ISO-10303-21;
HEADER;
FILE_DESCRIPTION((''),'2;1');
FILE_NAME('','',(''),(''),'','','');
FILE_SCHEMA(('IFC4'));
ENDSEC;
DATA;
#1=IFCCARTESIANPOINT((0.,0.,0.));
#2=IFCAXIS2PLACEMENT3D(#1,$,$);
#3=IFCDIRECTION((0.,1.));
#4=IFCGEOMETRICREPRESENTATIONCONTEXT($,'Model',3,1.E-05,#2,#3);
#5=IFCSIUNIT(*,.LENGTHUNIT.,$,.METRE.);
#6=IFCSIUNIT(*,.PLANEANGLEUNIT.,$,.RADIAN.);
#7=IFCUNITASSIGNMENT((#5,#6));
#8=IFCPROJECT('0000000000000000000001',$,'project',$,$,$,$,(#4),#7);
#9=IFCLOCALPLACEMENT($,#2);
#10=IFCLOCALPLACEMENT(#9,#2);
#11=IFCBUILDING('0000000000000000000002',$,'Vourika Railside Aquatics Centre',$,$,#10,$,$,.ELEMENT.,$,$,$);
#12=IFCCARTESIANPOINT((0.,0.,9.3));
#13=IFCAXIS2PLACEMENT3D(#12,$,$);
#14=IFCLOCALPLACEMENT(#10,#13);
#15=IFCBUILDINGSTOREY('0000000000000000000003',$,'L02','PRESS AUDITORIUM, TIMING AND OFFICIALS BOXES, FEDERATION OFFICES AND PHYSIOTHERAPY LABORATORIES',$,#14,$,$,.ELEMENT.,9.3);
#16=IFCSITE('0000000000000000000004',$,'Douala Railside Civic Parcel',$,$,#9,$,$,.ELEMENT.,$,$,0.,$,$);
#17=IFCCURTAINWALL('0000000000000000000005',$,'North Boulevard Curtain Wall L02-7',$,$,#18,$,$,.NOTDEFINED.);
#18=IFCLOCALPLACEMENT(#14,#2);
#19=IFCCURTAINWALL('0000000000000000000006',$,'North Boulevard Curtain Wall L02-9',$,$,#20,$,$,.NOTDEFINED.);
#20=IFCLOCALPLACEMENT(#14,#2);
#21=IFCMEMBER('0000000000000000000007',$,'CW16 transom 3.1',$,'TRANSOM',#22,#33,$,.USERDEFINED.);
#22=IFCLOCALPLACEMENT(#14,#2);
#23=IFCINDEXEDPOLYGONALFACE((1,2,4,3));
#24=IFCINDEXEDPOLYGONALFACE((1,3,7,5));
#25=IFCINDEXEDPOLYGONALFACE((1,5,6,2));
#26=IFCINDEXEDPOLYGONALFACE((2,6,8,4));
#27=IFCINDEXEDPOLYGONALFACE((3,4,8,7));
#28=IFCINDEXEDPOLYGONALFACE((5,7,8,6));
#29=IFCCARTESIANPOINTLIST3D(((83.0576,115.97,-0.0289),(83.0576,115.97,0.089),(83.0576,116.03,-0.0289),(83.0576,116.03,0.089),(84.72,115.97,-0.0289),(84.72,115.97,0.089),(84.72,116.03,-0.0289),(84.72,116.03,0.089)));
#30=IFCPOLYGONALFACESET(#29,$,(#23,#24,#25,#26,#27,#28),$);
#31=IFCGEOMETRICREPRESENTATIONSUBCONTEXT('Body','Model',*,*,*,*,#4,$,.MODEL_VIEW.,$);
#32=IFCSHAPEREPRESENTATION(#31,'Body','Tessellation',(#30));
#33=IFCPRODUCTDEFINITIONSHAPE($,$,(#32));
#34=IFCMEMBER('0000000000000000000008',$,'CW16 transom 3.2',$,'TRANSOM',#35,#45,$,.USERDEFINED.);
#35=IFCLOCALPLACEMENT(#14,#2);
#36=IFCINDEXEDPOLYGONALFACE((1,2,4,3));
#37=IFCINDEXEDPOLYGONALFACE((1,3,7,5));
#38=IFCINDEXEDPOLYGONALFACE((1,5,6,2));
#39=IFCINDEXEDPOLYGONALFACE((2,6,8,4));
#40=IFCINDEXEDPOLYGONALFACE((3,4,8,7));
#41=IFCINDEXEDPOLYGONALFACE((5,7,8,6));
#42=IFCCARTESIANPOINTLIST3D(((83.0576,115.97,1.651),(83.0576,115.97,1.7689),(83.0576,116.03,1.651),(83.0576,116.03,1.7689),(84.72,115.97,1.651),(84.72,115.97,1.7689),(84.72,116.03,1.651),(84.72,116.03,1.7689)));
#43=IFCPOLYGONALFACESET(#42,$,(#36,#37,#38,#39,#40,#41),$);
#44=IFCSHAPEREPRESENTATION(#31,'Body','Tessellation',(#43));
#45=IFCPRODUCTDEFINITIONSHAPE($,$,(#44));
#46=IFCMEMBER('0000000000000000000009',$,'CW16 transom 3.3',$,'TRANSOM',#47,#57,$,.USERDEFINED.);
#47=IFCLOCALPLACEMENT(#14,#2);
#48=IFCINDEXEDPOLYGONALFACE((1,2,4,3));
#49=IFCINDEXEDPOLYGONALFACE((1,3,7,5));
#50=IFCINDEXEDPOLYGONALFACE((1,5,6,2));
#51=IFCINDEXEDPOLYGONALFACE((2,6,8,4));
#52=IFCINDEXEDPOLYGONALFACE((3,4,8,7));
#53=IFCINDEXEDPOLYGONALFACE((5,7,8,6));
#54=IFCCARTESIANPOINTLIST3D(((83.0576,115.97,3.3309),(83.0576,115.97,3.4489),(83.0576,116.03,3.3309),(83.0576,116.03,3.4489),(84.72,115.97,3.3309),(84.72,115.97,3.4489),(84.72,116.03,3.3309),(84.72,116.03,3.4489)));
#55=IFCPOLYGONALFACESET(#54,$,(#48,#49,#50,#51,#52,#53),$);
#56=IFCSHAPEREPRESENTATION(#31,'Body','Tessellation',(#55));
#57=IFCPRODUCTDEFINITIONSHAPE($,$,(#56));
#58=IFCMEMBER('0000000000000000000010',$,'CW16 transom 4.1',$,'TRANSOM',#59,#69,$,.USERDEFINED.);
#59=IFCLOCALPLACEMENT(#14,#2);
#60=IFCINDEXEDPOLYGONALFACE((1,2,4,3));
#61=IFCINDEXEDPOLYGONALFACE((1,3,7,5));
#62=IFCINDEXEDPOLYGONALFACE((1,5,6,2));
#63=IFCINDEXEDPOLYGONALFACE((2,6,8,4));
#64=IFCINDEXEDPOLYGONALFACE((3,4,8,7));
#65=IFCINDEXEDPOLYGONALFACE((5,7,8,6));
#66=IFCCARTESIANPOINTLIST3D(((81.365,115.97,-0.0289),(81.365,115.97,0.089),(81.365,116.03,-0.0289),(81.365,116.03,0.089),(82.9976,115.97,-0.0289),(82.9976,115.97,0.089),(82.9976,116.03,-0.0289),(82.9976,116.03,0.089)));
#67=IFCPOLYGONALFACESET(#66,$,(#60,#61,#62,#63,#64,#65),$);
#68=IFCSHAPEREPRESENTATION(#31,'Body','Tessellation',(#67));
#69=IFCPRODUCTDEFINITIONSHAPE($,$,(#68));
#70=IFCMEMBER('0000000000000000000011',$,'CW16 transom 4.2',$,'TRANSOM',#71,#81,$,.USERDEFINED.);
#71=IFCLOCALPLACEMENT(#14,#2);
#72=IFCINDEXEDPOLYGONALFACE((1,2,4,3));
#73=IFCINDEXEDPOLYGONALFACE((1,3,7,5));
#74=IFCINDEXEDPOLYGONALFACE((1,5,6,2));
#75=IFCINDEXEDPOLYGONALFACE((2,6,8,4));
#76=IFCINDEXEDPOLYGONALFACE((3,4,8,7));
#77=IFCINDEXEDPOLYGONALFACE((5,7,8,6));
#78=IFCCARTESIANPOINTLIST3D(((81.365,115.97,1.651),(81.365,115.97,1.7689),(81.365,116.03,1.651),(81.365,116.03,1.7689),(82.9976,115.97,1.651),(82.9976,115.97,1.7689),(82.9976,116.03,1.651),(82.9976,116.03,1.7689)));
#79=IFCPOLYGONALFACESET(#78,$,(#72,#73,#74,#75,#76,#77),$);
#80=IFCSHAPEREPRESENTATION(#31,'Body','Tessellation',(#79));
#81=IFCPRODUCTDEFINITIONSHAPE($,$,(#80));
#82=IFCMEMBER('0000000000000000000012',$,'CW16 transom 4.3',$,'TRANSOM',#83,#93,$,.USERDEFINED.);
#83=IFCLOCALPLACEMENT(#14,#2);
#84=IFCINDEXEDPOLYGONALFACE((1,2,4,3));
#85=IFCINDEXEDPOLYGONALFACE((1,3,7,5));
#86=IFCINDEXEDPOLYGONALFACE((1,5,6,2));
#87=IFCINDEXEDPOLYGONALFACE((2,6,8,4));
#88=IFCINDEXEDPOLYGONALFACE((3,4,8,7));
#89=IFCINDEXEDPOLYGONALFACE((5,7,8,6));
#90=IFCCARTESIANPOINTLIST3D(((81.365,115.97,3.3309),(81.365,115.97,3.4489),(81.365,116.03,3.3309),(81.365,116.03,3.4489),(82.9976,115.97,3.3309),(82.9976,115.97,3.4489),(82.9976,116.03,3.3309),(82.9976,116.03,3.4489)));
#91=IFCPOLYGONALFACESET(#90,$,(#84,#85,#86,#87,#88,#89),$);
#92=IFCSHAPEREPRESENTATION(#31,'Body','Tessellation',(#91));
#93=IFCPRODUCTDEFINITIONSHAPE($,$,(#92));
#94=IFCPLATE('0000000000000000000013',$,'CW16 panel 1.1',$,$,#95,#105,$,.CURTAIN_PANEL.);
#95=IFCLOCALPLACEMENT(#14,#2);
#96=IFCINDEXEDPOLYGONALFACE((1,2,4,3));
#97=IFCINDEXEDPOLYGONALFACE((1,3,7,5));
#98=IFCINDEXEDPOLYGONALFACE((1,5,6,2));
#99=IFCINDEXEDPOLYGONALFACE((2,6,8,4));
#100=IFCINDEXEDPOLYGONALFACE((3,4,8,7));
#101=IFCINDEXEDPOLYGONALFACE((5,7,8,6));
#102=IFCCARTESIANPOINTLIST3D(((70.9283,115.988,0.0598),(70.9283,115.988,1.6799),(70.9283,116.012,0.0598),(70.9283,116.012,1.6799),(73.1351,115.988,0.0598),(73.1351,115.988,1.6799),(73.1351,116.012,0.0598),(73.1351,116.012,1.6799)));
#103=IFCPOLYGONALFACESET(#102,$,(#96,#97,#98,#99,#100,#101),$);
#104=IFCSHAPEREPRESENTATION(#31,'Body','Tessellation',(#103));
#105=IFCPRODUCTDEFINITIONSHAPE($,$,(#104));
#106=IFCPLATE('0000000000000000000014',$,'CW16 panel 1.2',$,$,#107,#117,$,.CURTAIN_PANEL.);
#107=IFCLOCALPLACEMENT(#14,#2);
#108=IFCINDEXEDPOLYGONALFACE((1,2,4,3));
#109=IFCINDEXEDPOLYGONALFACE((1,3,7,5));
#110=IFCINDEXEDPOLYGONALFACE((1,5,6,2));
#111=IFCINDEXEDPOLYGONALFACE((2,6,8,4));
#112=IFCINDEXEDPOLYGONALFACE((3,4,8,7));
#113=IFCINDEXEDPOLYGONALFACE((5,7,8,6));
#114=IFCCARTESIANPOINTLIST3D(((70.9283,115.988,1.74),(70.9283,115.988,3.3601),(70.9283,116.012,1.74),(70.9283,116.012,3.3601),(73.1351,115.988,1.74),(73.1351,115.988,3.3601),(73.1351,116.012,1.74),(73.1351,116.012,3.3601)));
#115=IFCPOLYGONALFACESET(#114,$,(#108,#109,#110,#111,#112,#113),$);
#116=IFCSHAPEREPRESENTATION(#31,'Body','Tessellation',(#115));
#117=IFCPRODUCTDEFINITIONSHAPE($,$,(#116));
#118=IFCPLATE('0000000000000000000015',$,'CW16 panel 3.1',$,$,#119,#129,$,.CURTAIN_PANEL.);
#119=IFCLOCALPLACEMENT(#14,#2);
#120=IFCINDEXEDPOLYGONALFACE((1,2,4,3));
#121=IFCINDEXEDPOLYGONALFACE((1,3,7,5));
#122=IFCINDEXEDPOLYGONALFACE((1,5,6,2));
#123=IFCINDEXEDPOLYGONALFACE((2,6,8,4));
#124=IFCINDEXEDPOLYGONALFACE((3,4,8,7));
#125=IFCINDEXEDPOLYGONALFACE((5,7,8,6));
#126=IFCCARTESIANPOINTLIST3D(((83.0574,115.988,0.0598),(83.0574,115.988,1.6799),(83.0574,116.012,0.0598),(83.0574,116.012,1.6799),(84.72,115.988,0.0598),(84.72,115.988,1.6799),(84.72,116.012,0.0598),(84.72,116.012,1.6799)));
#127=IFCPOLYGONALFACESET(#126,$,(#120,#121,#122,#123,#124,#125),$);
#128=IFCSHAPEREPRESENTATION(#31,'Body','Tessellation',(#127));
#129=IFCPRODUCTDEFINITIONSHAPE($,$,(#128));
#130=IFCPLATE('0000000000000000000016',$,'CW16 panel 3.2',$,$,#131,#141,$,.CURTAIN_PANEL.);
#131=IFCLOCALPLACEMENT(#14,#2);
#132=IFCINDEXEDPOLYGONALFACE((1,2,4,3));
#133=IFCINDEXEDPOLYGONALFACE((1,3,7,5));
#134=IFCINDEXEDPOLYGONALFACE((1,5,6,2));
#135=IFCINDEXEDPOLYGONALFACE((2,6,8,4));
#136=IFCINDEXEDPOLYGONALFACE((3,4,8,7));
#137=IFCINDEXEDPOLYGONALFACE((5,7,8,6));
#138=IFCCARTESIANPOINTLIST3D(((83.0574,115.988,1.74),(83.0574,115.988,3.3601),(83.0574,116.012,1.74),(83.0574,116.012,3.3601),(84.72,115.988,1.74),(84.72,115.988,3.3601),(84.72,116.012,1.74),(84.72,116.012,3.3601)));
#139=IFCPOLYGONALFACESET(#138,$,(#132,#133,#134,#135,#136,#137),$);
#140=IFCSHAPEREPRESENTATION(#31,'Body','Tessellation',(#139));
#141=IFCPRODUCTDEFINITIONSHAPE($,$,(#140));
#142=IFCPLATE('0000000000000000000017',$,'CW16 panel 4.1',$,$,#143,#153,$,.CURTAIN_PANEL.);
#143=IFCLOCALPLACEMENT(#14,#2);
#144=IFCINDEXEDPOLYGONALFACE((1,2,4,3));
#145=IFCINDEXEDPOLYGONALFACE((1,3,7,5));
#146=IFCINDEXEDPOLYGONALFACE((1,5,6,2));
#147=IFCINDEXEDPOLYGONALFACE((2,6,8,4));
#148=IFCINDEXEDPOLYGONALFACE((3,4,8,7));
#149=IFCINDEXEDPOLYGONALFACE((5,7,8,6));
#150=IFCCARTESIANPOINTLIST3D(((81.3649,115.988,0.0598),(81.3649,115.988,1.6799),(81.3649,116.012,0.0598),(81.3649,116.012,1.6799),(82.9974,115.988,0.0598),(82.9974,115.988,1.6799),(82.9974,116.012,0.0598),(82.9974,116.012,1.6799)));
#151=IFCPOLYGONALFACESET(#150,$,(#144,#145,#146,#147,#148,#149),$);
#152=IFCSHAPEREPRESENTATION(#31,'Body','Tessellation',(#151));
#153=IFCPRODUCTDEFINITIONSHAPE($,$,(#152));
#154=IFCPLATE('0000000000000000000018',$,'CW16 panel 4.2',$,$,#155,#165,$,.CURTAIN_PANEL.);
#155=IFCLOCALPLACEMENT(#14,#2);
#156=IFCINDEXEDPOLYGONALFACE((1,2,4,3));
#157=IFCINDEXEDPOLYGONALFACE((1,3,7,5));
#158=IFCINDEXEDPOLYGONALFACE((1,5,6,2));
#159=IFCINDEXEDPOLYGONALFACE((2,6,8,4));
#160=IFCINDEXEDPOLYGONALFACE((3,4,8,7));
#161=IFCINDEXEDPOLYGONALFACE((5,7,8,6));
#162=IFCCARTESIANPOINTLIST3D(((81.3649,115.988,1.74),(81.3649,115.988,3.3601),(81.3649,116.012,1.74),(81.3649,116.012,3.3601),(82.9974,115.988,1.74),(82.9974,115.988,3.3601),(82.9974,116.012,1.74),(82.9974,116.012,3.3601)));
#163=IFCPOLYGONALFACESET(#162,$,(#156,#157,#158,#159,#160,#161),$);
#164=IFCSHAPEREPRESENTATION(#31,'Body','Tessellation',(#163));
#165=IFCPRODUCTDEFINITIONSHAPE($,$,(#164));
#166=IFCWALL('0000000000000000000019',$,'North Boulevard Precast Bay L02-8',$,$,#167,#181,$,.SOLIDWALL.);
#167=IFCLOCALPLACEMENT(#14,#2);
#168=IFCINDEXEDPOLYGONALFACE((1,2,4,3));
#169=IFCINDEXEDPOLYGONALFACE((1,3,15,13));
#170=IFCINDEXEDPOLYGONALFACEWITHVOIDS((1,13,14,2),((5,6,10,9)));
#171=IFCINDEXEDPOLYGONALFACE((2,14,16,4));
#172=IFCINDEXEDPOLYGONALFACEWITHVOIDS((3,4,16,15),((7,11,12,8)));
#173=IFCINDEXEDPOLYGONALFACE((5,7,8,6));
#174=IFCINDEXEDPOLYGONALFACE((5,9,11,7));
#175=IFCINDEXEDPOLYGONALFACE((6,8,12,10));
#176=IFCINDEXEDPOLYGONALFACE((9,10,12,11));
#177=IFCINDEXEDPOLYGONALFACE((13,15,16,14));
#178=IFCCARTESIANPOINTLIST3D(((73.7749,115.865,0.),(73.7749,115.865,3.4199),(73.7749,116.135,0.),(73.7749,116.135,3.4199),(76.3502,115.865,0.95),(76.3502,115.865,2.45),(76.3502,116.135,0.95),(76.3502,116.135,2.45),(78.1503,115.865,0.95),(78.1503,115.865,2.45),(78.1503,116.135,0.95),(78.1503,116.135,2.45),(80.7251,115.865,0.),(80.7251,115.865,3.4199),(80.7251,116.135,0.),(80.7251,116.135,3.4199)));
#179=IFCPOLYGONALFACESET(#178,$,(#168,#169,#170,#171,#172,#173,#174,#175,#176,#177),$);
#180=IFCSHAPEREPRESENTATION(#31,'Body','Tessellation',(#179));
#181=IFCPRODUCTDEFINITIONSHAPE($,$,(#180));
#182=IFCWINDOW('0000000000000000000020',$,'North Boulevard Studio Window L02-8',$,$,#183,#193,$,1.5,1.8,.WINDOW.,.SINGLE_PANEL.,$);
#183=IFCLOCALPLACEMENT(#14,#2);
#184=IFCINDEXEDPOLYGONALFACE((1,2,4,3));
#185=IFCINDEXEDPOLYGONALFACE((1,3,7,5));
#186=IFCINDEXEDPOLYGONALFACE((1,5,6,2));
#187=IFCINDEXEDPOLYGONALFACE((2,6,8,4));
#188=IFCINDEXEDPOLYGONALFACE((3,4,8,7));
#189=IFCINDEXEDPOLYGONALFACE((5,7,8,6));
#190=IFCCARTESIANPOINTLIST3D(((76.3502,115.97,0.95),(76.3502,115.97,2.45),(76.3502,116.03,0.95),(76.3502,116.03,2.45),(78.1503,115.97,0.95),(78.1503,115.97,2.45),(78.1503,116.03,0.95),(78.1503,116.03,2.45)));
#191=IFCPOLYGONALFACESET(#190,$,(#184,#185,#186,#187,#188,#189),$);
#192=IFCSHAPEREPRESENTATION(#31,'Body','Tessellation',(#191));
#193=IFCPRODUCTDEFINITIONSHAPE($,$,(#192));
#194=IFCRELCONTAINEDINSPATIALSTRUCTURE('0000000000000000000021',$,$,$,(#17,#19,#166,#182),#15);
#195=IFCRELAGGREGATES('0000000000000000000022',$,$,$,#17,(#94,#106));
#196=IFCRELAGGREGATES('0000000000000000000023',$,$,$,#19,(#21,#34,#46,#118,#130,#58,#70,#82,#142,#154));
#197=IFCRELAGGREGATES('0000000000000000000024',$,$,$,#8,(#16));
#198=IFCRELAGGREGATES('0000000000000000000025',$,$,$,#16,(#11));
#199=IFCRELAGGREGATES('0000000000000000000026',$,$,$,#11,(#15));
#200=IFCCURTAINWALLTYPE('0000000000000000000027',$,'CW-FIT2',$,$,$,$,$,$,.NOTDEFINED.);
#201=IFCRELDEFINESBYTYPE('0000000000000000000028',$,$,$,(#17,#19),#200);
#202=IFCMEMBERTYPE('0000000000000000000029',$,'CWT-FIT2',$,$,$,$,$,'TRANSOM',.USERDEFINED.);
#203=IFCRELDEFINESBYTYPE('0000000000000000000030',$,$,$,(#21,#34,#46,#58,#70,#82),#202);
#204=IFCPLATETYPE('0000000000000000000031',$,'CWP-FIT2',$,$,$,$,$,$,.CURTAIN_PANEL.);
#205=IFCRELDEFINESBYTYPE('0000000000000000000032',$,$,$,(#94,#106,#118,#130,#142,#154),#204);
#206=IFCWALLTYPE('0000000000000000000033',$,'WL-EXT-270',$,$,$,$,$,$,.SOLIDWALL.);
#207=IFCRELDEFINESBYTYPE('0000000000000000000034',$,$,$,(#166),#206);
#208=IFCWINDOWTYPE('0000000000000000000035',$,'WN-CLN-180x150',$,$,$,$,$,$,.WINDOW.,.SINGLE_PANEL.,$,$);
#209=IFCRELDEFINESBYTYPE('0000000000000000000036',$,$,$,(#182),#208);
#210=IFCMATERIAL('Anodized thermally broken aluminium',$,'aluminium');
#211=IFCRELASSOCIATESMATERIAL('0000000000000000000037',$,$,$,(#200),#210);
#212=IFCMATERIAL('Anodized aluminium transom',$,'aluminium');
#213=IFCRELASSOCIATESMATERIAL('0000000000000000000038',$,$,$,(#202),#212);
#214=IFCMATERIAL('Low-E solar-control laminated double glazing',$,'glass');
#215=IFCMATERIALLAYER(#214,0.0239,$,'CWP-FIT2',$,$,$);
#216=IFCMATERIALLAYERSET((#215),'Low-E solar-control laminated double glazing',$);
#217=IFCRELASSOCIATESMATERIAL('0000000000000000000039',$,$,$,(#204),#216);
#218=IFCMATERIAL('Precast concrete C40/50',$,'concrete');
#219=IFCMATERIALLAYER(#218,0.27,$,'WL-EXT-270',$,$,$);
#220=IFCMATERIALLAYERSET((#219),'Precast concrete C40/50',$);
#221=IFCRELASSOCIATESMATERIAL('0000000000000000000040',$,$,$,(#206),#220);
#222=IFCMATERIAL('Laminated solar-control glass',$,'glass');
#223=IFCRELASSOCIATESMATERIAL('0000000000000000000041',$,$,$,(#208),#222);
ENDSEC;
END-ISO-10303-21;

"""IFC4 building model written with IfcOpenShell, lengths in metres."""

from ifc_helpers import new_model, si_unit, direction, frame, frame_2d, origin, origin_2d, place, context, subcontext, project, spatial, rectangle, extrude, material, layer, layer_set, material_profile, profile_set, type_object, element, fill, aggregate, save


model = new_model("IFC4")

# Units and contexts
model_context = context("Model", 3, precision=1e-05, world=origin(), true_north=direction((0.0, 1.0)))
body_context = subcontext(model_context, "Body", "Model", "MODEL_VIEW")
ifc_project = project(units=[si_unit("LENGTHUNIT", "METRE"), si_unit("PLANEANGLEUNIT", "RADIAN")], contexts=[model_context])

# Site, building, storey
site_placement = place(None, origin())
site = spatial("IfcSite", under=ifc_project, at=site_placement, Name="Douala Railside Civic Parcel", CompositionType="ELEMENT", RefElevation=0.0)
building_placement = place(site_placement, origin())
building = spatial("IfcBuilding", under=site, at=building_placement, Name="Vourika Railside Aquatics Centre", CompositionType="ELEMENT")
storey_placement = place(building_placement, frame((0.0, 0.0, 9.3)))
storey = spatial("IfcBuildingStorey", under=building, at=storey_placement, Name="L02", Description="PRESS AUDITORIUM, TIMING AND OFFICIALS BOXES, FEDERATION OFFICES AND PHYSIOTHERAPY LABORATORIES", CompositionType="ELEMENT", Elevation=9.3)

# Curtain walls
ifc_material_1 = material(Name="Anodized thermally broken aluminium", Category="aluminium")
curtain_wall_type = type_object("IfcCurtainWallType", Name="CW-FIT2", PredefinedType="NOTDEFINED", material=ifc_material_1)
curtain_wall_1_placement = place(storey_placement, origin())
curtain_wall_1 = element("IfcCurtainWall", 1, at=curtain_wall_1_placement, inside=storey, type_object=curtain_wall_type, Name="North Boulevard Curtain Wall L02-7", PredefinedType="NOTDEFINED")
curtain_wall_2_placement = place(storey_placement, origin())
curtain_wall_2 = element("IfcCurtainWall", 2, at=curtain_wall_2_placement, inside=storey, type_object=curtain_wall_type, Name="North Boulevard Curtain Wall L02-9", PredefinedType="NOTDEFINED")

# Members
ifc_material_2 = material(Name="Anodized aluminium transom", Category="aluminium")
ifc_material_profile_1 = material_profile(ifc_material_2, rectangle(XDim=0.0601, YDim=0.1179, at=origin_2d()), Name="ALU-T 60x118")
ifc_profile_set_1 = profile_set([ifc_material_profile_1], Name="Anodized aluminium transom")
member_type_1 = type_object("IfcMemberType", Name="CWT-FIT2", ElementType="TRANSOM", PredefinedType="USERDEFINED", material=ifc_profile_set_1)
member_1_placement = place(storey_placement, frame((84.72, 116.0, 0.03), z_axis=(-1.0, 0.0, 0.0), x_axis=(0.0, -1.0, 0.0)))
member_1 = element("IfcMember", 3, at=member_1_placement, type_object=member_type_1, Name="CW16 transom 3.1", ObjectType="TRANSOM", PredefinedType="USERDEFINED", context=body_context, shape_type="SweptSolid", body=[
    extrude(rectangle(XDim=0.0601, YDim=0.1179, at=origin_2d()), origin(), (0.0, 0.0, 1.0), 1.6624),
])
member_2_placement = place(storey_placement, frame((84.72, 116.0, 1.71), z_axis=(-1.0, 0.0, 0.0), x_axis=(0.0, -1.0, 0.0)))
member_2 = element("IfcMember", 4, at=member_2_placement, type_object=member_type_1, Name="CW16 transom 3.2", ObjectType="TRANSOM", PredefinedType="USERDEFINED", context=body_context, shape_type="SweptSolid", body=[
    extrude(rectangle(XDim=0.0601, YDim=0.1179, at=origin_2d()), origin(), (0.0, 0.0, 1.0), 1.6624),
])
member_3_placement = place(storey_placement, frame((84.72, 116.0, 3.3899), z_axis=(-1.0, 0.0, 0.0), x_axis=(0.0, -1.0, 0.0)))
member_3 = element("IfcMember", 5, at=member_3_placement, type_object=member_type_1, Name="CW16 transom 3.3", ObjectType="TRANSOM", PredefinedType="USERDEFINED", context=body_context, shape_type="SweptSolid", body=[
    extrude(rectangle(XDim=0.0601, YDim=0.1179, at=origin_2d()), origin(), (0.0, 0.0, 1.0), 1.6624),
])
member_4_placement = place(storey_placement, frame((82.9976, 116.0, 0.03), z_axis=(-1.0, 0.0, 0.0), x_axis=(0.0, -1.0, 0.0)))
member_4 = element("IfcMember", 6, at=member_4_placement, type_object=member_type_1, Name="CW16 transom 4.1", ObjectType="TRANSOM", PredefinedType="USERDEFINED", context=body_context, shape_type="SweptSolid", body=[
    extrude(rectangle(XDim=0.0601, YDim=0.1179, at=origin_2d()), origin(), (0.0, 0.0, 1.0), 1.6326),
])
member_5_placement = place(storey_placement, frame((82.9976, 116.0, 1.71), z_axis=(-1.0, 0.0, 0.0), x_axis=(0.0, -1.0, 0.0)))
member_5 = element("IfcMember", 7, at=member_5_placement, type_object=member_type_1, Name="CW16 transom 4.2", ObjectType="TRANSOM", PredefinedType="USERDEFINED", context=body_context, shape_type="SweptSolid", body=[
    extrude(rectangle(XDim=0.0601, YDim=0.1179, at=origin_2d()), origin(), (0.0, 0.0, 1.0), 1.6326),
])
member_6_placement = place(storey_placement, frame((82.9976, 116.0, 3.3899), z_axis=(-1.0, 0.0, 0.0), x_axis=(0.0, -1.0, 0.0)))
member_6 = element("IfcMember", 8, at=member_6_placement, type_object=member_type_1, Name="CW16 transom 4.3", ObjectType="TRANSOM", PredefinedType="USERDEFINED", context=body_context, shape_type="SweptSolid", body=[
    extrude(rectangle(XDim=0.0601, YDim=0.1179, at=origin_2d()), origin(), (0.0, 0.0, 1.0), 1.6326),
])

# Plates
ifc_material_3 = material(Name="Low-E solar-control laminated double glazing", Category="glass")
ifc_layer_1 = layer(ifc_material_3, 0.0239, Name="CWP-FIT2")
ifc_layer_set_1 = layer_set([ifc_layer_1], Name="Low-E solar-control laminated double glazing")
plate_type = type_object("IfcPlateType", Name="CWP-FIT2", PredefinedType="CURTAIN_PANEL", material=ifc_layer_set_1)
plate_1_placement = place(storey_placement, frame((72.0317, 116.0, 0.0598), z_axis=(0.0, 0.0, 1.0), x_axis=(-1.0, 0.0, 0.0)))
plate_1 = element("IfcPlate", 9, at=plate_1_placement, type_object=plate_type, Name="CW16 panel 1.1", PredefinedType="CURTAIN_PANEL", context=body_context, shape_type="SweptSolid", body=[
    extrude(rectangle(XDim=2.2068, YDim=0.0239, at=origin_2d()), origin(), (0.0, 0.0, 1.0), 1.6201),
])
plate_2_placement = place(storey_placement, frame((72.0317, 116.0, 1.74), z_axis=(0.0, 0.0, 1.0), x_axis=(-1.0, 0.0, 0.0)))
plate_2 = element("IfcPlate", 10, at=plate_2_placement, type_object=plate_type, Name="CW16 panel 1.2", PredefinedType="CURTAIN_PANEL", context=body_context, shape_type="SweptSolid", body=[
    extrude(rectangle(XDim=2.2068, YDim=0.0239, at=origin_2d()), origin(), (0.0, 0.0, 1.0), 1.6201),
])
aggregate(curtain_wall_1, [plate_1, plate_2])
plate_3_placement = place(storey_placement, frame((83.8887, 116.0, 0.0598), z_axis=(0.0, 0.0, 1.0), x_axis=(-1.0, 0.0, 0.0)))
plate_3 = element("IfcPlate", 11, at=plate_3_placement, type_object=plate_type, Name="CW16 panel 3.1", PredefinedType="CURTAIN_PANEL", context=body_context, shape_type="SweptSolid", body=[
    extrude(rectangle(XDim=1.6626, YDim=0.0239, at=origin_2d()), origin(), (0.0, 0.0, 1.0), 1.6201),
])
plate_4_placement = place(storey_placement, frame((83.8887, 116.0, 1.74), z_axis=(0.0, 0.0, 1.0), x_axis=(-1.0, 0.0, 0.0)))
plate_4 = element("IfcPlate", 12, at=plate_4_placement, type_object=plate_type, Name="CW16 panel 3.2", PredefinedType="CURTAIN_PANEL", context=body_context, shape_type="SweptSolid", body=[
    extrude(rectangle(XDim=1.6626, YDim=0.0239, at=origin_2d()), origin(), (0.0, 0.0, 1.0), 1.6201),
])
plate_5_placement = place(storey_placement, frame((82.1812, 116.0, 0.0598), z_axis=(0.0, 0.0, 1.0), x_axis=(-1.0, 0.0, 0.0)))
plate_5 = element("IfcPlate", 13, at=plate_5_placement, type_object=plate_type, Name="CW16 panel 4.1", PredefinedType="CURTAIN_PANEL", context=body_context, shape_type="SweptSolid", body=[
    extrude(rectangle(XDim=1.6326, YDim=0.0239, at=origin_2d()), origin(), (0.0, 0.0, 1.0), 1.6201),
])
plate_6_placement = place(storey_placement, frame((82.1812, 116.0, 1.74), z_axis=(0.0, 0.0, 1.0), x_axis=(-1.0, 0.0, 0.0)))
plate_6 = element("IfcPlate", 14, at=plate_6_placement, type_object=plate_type, Name="CW16 panel 4.2", PredefinedType="CURTAIN_PANEL", context=body_context, shape_type="SweptSolid", body=[
    extrude(rectangle(XDim=1.6326, YDim=0.0239, at=origin_2d()), origin(), (0.0, 0.0, 1.0), 1.6201),
])
aggregate(curtain_wall_2, [member_1, member_2, member_3, plate_3, plate_4, member_4, member_5, member_6, plate_5, plate_6])

# Wall, opening, window
ifc_material_4 = material(Name="Precast concrete C40/50", Category="concrete")
ifc_layer_2 = layer(ifc_material_4, 0.27, Name="WL-EXT-270")
ifc_layer_set_2 = layer_set([ifc_layer_2], Name="Precast concrete C40/50")
wall_type_1 = type_object("IfcWallType", Name="WL-EXT-270", PredefinedType="SOLIDWALL", material=ifc_layer_set_2)
wall_1_placement = place(storey_placement, frame((80.7251, 116.0, 0.0), z_axis=(0.0, 0.0, 1.0), x_axis=(-1.0, 0.0, 0.0)))
wall_1 = element("IfcWall", 15, at=wall_1_placement, inside=storey, type_object=wall_type_1, Name="North Boulevard Precast Bay L02-8", PredefinedType="SOLIDWALL", context=body_context, shape_type="SweptSolid", body=[
    extrude(rectangle(XDim=6.9502, YDim=0.27, at=frame_2d((3.4751, 0.0))), origin(), (0.0, 0.0, 1.0), 3.4199),
])
opening_placement = place(wall_1_placement, frame((2.575, 0.0, 0.95)))
opening = element("IfcOpeningElement", 16, at=opening_placement, cuts=wall_1, PredefinedType="OPENING", context=body_context, shape_type="SweptSolid", body=[
    extrude(rectangle(XDim=1.8, YDim=1.5, at=frame_2d((0.8999, 0.75))), frame((0.0, 0.145, 0.0), z_axis=(0.0, -1.0, 0.0), x_axis=(1.0, 0.0, 0.0)), (0.0, 0.0, 1.0), 0.29),
])
ifc_material_5 = material(Name="Laminated solar-control glass", Category="glass")
window_type = type_object("IfcWindowType", Name="WN-CLN-180x150", PartitioningType="SINGLE_PANEL", PredefinedType="WINDOW", material=ifc_material_5)
window_placement = place(opening_placement, origin())
window = element("IfcWindow", 17, at=window_placement, inside=storey, type_object=window_type, Name="North Boulevard Studio Window L02-8", OverallHeight=1.5, OverallWidth=1.8, PartitioningType="SINGLE_PANEL", PredefinedType="WINDOW", context=body_context, shape_type="SweptSolid", body=[
    extrude(rectangle(XDim=1.8, YDim=1.5, at=frame_2d((0.8999, 0.75))), frame((0.0, 0.03, 0.0), z_axis=(0.0, -1.0, 0.0), x_axis=(1.0, 0.0, 0.0)), (0.0, 0.0, 1.0), 0.0601),
])
fill(opening, window)

save(model, "model.ifc")
